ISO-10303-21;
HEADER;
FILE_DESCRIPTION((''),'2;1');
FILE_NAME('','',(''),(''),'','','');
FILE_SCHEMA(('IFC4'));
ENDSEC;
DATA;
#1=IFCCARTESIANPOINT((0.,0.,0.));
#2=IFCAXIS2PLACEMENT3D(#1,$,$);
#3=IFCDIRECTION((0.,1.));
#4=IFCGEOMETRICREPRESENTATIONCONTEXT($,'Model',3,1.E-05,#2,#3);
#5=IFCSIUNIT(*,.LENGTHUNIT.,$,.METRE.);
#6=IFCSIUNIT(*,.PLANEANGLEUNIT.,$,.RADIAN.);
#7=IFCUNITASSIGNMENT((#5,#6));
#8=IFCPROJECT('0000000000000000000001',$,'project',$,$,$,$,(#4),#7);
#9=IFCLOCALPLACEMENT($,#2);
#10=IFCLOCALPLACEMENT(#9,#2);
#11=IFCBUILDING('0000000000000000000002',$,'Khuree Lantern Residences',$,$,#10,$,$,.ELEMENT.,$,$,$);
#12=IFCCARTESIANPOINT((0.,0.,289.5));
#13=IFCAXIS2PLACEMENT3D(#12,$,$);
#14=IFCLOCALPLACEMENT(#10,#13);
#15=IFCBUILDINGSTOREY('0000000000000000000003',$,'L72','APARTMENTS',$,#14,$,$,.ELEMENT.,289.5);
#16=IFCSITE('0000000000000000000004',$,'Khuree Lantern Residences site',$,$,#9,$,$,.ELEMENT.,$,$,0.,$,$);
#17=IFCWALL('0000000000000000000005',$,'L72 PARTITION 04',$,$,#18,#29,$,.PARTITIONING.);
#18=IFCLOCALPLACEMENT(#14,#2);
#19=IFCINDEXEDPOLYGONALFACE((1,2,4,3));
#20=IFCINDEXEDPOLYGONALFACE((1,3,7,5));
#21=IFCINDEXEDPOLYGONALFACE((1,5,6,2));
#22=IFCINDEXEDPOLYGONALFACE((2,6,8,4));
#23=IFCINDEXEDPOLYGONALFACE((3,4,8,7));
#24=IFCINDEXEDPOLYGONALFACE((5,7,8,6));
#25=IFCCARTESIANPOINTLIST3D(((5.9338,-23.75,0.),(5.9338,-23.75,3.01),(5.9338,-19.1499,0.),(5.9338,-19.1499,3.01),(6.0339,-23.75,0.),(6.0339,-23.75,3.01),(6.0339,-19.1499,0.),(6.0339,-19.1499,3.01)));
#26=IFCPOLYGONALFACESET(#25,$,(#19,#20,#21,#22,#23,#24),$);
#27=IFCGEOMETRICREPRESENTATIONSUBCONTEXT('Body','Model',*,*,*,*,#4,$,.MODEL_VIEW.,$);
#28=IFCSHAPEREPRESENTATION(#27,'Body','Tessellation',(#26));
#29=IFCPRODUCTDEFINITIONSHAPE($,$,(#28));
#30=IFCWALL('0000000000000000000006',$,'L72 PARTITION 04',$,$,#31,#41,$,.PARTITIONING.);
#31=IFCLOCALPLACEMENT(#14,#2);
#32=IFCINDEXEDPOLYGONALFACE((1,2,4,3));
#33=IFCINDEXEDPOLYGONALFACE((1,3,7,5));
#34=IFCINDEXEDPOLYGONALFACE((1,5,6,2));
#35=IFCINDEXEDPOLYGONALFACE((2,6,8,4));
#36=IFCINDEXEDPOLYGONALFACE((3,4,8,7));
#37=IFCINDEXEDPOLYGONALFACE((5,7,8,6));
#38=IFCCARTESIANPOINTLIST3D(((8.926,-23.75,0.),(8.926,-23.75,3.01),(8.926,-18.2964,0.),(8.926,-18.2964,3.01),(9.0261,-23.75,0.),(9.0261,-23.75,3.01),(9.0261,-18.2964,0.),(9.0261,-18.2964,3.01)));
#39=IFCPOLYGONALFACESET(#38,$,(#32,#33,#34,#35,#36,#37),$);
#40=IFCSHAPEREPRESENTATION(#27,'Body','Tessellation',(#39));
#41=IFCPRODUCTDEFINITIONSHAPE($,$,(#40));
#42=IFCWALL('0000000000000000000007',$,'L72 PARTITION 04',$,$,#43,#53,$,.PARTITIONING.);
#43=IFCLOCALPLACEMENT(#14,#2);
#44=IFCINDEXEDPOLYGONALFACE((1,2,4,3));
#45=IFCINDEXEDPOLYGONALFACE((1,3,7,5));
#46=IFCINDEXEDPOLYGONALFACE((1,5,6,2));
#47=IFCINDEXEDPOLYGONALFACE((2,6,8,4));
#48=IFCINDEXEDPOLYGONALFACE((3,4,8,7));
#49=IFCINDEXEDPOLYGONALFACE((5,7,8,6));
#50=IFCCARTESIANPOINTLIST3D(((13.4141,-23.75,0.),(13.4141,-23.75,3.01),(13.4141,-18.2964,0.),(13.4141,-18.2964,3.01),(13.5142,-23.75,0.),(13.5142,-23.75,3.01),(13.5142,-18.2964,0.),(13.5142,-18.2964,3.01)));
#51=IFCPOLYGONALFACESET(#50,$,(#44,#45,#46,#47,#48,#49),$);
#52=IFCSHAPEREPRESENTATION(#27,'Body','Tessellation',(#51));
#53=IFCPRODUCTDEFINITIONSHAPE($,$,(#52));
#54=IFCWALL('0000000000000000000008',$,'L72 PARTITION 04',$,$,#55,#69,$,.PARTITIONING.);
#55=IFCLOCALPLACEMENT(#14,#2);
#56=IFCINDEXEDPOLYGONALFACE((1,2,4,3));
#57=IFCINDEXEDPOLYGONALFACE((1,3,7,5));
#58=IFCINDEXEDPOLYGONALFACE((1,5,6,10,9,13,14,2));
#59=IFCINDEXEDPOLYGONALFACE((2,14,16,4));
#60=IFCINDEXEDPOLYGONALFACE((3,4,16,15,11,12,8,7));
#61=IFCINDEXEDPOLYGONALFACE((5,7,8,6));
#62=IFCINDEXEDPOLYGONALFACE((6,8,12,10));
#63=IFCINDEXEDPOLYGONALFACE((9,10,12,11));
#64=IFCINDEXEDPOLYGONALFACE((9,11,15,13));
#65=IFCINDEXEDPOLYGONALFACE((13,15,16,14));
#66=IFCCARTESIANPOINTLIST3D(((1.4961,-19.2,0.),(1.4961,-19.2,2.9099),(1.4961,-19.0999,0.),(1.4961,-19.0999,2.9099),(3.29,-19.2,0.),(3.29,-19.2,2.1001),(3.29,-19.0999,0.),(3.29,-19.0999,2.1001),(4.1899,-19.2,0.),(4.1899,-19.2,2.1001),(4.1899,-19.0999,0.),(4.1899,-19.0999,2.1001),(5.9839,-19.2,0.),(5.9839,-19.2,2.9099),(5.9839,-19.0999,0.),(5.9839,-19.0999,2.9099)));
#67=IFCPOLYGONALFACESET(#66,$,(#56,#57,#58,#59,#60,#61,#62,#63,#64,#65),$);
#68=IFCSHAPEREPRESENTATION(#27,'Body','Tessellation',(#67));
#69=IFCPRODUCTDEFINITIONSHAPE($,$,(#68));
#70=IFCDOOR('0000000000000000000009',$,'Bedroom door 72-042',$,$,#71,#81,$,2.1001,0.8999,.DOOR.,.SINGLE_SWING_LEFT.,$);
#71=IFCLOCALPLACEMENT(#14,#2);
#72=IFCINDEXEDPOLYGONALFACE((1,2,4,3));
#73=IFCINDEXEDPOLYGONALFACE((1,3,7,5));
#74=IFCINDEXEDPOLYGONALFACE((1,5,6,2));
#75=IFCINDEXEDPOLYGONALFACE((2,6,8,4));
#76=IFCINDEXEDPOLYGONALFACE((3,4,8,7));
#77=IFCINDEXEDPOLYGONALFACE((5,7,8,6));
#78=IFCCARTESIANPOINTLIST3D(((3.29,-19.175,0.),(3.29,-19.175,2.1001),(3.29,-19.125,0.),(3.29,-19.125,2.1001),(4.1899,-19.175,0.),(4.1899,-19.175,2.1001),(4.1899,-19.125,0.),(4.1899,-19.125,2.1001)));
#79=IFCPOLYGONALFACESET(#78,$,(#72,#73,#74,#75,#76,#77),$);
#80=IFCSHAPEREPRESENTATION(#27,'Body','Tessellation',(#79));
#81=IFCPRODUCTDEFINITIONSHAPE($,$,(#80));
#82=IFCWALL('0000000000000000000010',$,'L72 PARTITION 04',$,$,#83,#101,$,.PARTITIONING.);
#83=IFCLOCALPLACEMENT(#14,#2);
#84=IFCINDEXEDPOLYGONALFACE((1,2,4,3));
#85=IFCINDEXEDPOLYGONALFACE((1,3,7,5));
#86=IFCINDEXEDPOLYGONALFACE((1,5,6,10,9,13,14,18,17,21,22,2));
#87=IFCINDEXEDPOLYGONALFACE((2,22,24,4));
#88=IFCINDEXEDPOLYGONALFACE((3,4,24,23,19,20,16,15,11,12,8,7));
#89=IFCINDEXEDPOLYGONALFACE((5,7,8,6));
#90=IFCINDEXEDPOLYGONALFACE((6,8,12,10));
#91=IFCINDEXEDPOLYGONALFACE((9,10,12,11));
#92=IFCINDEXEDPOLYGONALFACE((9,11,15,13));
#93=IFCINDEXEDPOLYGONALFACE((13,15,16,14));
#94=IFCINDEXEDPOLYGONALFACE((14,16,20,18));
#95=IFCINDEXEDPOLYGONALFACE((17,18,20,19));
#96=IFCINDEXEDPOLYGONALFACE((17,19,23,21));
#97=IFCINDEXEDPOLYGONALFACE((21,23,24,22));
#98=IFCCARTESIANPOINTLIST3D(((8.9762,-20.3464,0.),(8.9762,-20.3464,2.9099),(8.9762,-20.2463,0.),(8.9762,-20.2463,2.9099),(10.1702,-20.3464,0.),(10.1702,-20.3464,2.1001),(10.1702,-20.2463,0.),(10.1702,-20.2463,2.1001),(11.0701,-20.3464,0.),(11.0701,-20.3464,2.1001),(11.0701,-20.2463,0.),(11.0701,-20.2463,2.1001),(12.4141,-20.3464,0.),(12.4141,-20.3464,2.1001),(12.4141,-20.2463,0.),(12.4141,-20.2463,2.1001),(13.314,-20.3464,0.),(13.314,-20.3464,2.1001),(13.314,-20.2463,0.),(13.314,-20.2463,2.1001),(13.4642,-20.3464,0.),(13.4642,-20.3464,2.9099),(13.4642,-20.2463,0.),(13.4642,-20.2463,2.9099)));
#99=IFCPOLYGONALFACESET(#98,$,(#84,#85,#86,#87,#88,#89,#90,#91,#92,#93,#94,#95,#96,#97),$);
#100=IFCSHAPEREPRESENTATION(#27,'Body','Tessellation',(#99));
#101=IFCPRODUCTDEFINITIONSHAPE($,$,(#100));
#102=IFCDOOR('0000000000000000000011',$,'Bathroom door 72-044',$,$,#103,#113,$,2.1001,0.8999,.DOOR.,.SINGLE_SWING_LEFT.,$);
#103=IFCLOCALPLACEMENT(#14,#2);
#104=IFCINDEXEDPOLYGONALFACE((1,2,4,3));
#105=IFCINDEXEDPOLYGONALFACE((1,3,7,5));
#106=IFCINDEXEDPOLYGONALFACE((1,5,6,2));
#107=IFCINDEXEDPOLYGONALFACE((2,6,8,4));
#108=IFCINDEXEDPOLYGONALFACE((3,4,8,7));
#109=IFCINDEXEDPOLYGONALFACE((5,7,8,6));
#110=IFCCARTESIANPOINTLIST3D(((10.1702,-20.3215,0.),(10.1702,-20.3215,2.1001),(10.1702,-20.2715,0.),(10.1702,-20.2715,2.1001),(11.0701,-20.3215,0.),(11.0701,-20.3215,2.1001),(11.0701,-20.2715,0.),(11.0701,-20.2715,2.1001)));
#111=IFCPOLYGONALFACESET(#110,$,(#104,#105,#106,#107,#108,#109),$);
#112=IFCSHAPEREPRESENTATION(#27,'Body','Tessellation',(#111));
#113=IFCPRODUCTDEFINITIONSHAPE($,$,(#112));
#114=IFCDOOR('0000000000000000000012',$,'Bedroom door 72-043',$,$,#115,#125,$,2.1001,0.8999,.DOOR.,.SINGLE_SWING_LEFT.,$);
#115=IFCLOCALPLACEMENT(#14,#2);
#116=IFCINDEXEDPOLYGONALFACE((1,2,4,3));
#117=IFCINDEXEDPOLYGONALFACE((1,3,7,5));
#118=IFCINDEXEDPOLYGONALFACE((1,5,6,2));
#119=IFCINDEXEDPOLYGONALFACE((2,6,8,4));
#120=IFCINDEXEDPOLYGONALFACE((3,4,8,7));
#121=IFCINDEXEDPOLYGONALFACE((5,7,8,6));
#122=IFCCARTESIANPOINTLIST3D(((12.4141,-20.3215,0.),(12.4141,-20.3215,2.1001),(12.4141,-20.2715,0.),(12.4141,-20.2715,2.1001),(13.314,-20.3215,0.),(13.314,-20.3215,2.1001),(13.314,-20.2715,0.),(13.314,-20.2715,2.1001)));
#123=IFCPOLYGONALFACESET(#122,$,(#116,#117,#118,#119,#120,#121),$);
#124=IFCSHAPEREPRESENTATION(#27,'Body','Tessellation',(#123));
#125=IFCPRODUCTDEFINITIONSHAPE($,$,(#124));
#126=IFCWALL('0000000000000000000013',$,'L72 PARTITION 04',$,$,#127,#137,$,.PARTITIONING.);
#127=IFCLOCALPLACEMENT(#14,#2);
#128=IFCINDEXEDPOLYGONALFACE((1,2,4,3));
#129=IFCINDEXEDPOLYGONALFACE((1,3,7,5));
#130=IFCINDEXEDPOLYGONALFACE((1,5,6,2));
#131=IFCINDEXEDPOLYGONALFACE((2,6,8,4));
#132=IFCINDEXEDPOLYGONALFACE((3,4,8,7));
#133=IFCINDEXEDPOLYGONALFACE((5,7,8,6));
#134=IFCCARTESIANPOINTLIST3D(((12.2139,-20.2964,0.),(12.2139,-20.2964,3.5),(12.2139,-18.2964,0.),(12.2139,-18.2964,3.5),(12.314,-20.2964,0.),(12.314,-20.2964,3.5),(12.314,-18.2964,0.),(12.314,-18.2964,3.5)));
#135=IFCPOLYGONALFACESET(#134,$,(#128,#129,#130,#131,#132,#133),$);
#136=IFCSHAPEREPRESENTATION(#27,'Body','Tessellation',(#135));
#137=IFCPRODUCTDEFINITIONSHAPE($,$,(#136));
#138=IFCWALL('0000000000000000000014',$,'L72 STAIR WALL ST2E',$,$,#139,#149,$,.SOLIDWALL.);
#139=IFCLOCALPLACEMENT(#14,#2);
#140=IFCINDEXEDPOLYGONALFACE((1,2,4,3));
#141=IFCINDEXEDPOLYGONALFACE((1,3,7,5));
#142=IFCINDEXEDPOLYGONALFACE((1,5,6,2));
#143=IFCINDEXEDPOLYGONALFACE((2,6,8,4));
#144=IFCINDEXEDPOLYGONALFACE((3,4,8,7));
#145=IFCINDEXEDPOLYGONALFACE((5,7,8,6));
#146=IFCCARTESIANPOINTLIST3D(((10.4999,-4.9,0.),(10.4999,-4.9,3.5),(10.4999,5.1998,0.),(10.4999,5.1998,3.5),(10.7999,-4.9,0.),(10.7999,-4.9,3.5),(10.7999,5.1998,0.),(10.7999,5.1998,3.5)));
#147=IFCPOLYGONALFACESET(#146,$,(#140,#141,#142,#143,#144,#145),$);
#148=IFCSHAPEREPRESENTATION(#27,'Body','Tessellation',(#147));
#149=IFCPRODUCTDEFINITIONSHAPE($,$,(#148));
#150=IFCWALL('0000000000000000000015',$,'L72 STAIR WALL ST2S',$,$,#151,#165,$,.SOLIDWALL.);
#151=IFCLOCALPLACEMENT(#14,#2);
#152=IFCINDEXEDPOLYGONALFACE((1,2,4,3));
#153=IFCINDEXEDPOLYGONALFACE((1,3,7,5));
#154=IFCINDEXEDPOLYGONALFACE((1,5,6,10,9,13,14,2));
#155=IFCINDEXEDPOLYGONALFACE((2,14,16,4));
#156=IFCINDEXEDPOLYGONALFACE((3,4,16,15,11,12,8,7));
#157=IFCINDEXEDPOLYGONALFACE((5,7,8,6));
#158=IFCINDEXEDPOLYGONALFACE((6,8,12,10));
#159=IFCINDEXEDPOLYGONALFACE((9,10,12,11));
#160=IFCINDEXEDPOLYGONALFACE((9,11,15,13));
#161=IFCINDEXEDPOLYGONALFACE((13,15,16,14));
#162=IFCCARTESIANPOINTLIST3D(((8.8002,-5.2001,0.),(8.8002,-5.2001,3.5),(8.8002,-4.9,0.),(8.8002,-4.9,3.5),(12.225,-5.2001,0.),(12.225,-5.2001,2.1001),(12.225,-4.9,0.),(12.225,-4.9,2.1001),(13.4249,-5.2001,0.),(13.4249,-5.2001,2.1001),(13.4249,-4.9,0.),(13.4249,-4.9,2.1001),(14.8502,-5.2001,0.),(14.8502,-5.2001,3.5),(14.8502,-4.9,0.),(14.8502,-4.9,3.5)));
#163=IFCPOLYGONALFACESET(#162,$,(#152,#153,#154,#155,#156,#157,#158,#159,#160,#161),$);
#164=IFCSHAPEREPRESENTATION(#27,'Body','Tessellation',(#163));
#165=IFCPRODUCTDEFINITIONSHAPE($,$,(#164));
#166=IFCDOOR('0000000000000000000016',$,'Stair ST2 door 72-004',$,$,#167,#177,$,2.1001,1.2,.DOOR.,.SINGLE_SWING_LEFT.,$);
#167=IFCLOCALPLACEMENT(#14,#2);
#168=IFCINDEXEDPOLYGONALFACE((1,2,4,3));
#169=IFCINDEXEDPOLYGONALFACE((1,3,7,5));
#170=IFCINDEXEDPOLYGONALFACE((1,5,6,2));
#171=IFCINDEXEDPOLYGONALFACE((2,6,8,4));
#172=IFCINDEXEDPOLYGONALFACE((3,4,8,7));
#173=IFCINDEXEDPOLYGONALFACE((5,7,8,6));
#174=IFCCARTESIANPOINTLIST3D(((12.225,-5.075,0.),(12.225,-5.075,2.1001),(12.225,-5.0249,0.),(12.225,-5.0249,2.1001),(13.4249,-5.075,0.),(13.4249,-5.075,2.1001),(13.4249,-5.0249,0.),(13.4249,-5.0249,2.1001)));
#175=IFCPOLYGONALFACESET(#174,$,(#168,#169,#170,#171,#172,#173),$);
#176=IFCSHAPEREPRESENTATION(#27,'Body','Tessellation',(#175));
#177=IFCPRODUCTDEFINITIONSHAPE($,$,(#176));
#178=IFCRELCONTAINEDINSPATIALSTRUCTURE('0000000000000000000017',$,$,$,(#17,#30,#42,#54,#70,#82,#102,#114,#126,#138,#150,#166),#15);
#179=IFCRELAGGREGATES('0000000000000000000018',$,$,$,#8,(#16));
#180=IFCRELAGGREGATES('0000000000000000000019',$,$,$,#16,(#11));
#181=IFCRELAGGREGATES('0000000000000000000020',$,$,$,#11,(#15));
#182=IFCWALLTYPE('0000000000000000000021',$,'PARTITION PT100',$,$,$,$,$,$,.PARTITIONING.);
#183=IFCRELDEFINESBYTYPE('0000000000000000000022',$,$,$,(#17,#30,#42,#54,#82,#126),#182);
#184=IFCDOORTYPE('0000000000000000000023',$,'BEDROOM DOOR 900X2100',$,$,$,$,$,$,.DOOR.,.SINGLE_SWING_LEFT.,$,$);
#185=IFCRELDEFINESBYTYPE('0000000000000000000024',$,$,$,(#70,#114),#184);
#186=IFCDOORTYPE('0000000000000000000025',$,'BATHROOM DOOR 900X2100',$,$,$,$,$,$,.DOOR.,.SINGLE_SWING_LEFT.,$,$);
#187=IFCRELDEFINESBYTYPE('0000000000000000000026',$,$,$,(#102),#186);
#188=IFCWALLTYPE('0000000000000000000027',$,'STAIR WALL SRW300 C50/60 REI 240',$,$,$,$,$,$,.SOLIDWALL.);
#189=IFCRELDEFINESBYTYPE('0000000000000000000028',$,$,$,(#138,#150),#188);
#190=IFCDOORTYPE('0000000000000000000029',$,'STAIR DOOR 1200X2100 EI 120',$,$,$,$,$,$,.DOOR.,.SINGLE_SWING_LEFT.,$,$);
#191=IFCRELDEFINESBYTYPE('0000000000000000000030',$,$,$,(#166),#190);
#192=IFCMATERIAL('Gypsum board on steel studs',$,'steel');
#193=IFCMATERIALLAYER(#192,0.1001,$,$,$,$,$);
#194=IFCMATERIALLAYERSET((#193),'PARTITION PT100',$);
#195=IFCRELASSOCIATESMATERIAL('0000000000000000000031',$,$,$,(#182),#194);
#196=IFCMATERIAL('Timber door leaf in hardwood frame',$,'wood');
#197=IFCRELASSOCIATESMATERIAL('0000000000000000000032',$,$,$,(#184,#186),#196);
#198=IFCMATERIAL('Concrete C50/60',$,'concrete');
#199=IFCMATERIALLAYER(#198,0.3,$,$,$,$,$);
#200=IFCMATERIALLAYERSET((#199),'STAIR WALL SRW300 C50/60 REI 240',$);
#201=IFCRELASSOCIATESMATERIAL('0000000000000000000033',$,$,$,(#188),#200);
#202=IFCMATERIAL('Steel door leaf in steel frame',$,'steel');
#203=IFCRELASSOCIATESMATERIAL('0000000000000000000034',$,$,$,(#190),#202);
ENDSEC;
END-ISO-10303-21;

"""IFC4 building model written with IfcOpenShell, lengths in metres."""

from ifc_helpers import new_model, si_unit, direction, frame, frame_2d, origin, place, context, subcontext, project, spatial, rectangle, extrude, material, layer, layer_set, type_object, element, fill, save


model = new_model("IFC4")

# Units and contexts
model_context = context("Model", 3, precision=1e-05, world=origin(), true_north=direction((0.0, 1.0)))
body_context = subcontext(model_context, "Body", "Model", "MODEL_VIEW")
ifc_project = project(units=[si_unit("LENGTHUNIT", "METRE"), si_unit("PLANEANGLEUNIT", "RADIAN")], contexts=[model_context])

# Site, building, storey
site_placement = place(None, origin())
site = spatial("IfcSite", under=ifc_project, at=site_placement, Name="Khuree Lantern Residences site", CompositionType="ELEMENT", RefElevation=0.0)
building_placement = place(site_placement, origin())
building = spatial("IfcBuilding", under=site, at=building_placement, Name="Khuree Lantern Residences", CompositionType="ELEMENT")
storey_placement = place(building_placement, frame((0.0, 0.0, 289.5)))
storey = spatial("IfcBuildingStorey", under=building, at=storey_placement, Name="L72", Description="APARTMENTS", CompositionType="ELEMENT", Elevation=289.5)

# Shared definitions
ifc_material_1 = material(Name="Timber door leaf in hardwood frame", Category="wood")

# Walls
ifc_material_2 = material(Name="Gypsum board on steel studs", Category="steel")
ifc_layer_1 = layer(ifc_material_2, 0.1001)
ifc_layer_set_1 = layer_set([ifc_layer_1], Name="PARTITION PT100")
wall_type_1 = type_object("IfcWallType", Name="PARTITION PT100", PredefinedType="PARTITIONING", material=ifc_layer_set_1)
for number, where, z_axis, x_axis, name in (
    (1, (5.9839, -19.1499, 0.0), (0.0, 0.0, 1.0), (0.0, -1.0, 0.0), "L72 PARTITION 04"),
):
    element("IfcWall", number, at=place(storey_placement, frame(where, z_axis=z_axis, x_axis=x_axis)), inside=storey, type_object=wall_type_1, Name=name, PredefinedType="PARTITIONING", context=body_context, shape_type="SweptSolid", body=[
        extrude(rectangle(XDim=4.6001, YDim=0.1001, at=frame_2d((2.3, 0.0))), origin(), (0.0, 0.0, 1.0), 3.01),
    ])
for number, where, z_axis, x_axis, name in (
    (2, (8.9761, -18.2964, 0.0), (0.0, 0.0, 1.0), (0.0, -1.0, 0.0), "L72 PARTITION 04"),
    (3, (13.4641, -18.2964, 0.0), (0.0, 0.0, 1.0), (0.0, -1.0, 0.0), "L72 PARTITION 04"),
):
    element("IfcWall", number, at=place(storey_placement, frame(where, z_axis=z_axis, x_axis=x_axis)), inside=storey, type_object=wall_type_1, Name=name, PredefinedType="PARTITIONING", context=body_context, shape_type="SweptSolid", body=[
        extrude(rectangle(XDim=5.4536, YDim=0.1001, at=frame_2d((2.7268, 0.0))), origin(), (0.0, 0.0, 1.0), 3.01),
    ])

# Wall, opening, door
wall_1_placement = place(storey_placement, frame((1.4961, -19.1499, 0.0), z_axis=(0.0, 0.0, 1.0), x_axis=(1.0, 0.0, 0.0)))
wall_1 = element("IfcWall", 4, at=wall_1_placement, inside=storey, type_object=wall_type_1, Name="L72 PARTITION 04", PredefinedType="PARTITIONING", context=body_context, shape_type="SweptSolid", body=[
    extrude(rectangle(XDim=4.4878, YDim=0.1001, at=frame_2d((2.2439, 0.0))), origin(), (0.0, 0.0, 1.0), 2.9099),
])
opening_1_placement = place(wall_1_placement, frame((1.7939, 0.0, 0.0)))
opening_1 = element("IfcOpeningElement", 5, at=opening_1_placement, cuts=wall_1, PredefinedType="OPENING", context=body_context, shape_type="SweptSolid", body=[
    extrude(rectangle(XDim=0.8999, YDim=2.1001, at=frame_2d((0.45, 1.05))), frame((0.0, 0.0601, 0.0), z_axis=(0.0, -1.0, 0.0), x_axis=(1.0, 0.0, 0.0)), (0.0, 0.0, 1.0), 0.1201),
])
door_type_1 = type_object("IfcDoorType", Name="BEDROOM DOOR 900X2100", OperationType="SINGLE_SWING_LEFT", PredefinedType="DOOR", material=ifc_material_1)
door_1_placement = place(opening_1_placement, origin())
door_1 = element("IfcDoor", 6, at=door_1_placement, inside=storey, type_object=door_type_1, Name="Bedroom door 72-042", OperationType="SINGLE_SWING_LEFT", OverallHeight=2.1001, OverallWidth=0.8999, PredefinedType="DOOR", context=body_context, shape_type="SweptSolid", body=[
    extrude(rectangle(XDim=0.8999, YDim=2.1001, at=frame_2d((0.45, 1.05))), frame((0.0, 0.0249, 0.0), z_axis=(0.0, -1.0, 0.0), x_axis=(1.0, 0.0, 0.0)), (0.0, 0.0, 1.0), 0.05),
])
fill(opening_1, door_1)

# Wall, openings, doors
wall_2_placement = place(storey_placement, frame((8.9761, -20.2964, 0.0), z_axis=(0.0, 0.0, 1.0), x_axis=(1.0, 0.0, 0.0)))
wall_2 = element("IfcWall", 7, at=wall_2_placement, inside=storey, type_object=wall_type_1, Name="L72 PARTITION 04", PredefinedType="PARTITIONING", context=body_context, shape_type="SweptSolid", body=[
    extrude(rectangle(XDim=4.488, YDim=0.1001, at=frame_2d((2.2441, 0.0))), origin(), (0.0, 0.0, 1.0), 2.9099),
])
opening_2_placement = place(wall_2_placement, frame((3.438, 0.0, 0.0)))
opening_2 = element("IfcOpeningElement", 8, at=opening_2_placement, cuts=wall_2, PredefinedType="OPENING", context=body_context, shape_type="SweptSolid", body=[
    extrude(rectangle(XDim=0.8999, YDim=2.1001, at=frame_2d((0.45, 1.05))), frame((0.0, 0.0601, 0.0), z_axis=(0.0, -1.0, 0.0), x_axis=(1.0, 0.0, 0.0)), (0.0, 0.0, 1.0), 0.1201),
])
opening_3_placement = place(wall_2_placement, frame((1.1941, 0.0, 0.0)))
opening_3 = element("IfcOpeningElement", 9, at=opening_3_placement, cuts=wall_2, PredefinedType="OPENING", context=body_context, shape_type="SweptSolid", body=[
    extrude(rectangle(XDim=0.8999, YDim=2.1001, at=frame_2d((0.45, 1.05))), frame((0.0, 0.0601, 0.0), z_axis=(0.0, -1.0, 0.0), x_axis=(1.0, 0.0, 0.0)), (0.0, 0.0, 1.0), 0.1201),
])
door_type_2 = type_object("IfcDoorType", Name="BATHROOM DOOR 900X2100", OperationType="SINGLE_SWING_LEFT", PredefinedType="DOOR", material=ifc_material_1)
door_2_placement = place(opening_3_placement, origin())
door_2 = element("IfcDoor", 10, at=door_2_placement, inside=storey, type_object=door_type_2, Name="Bathroom door 72-044", OperationType="SINGLE_SWING_LEFT", OverallHeight=2.1001, OverallWidth=0.8999, PredefinedType="DOOR", context=body_context, shape_type="SweptSolid", body=[
    extrude(rectangle(XDim=0.8999, YDim=2.1001, at=frame_2d((0.45, 1.05))), frame((0.0, 0.0249, 0.0), z_axis=(0.0, -1.0, 0.0), x_axis=(1.0, 0.0, 0.0)), (0.0, 0.0, 1.0), 0.05),
])
fill(opening_3, door_2)
door_3_placement = place(opening_2_placement, origin())
door_3 = element("IfcDoor", 11, at=door_3_placement, inside=storey, type_object=door_type_1, Name="Bedroom door 72-043", OperationType="SINGLE_SWING_LEFT", OverallHeight=2.1001, OverallWidth=0.8999, PredefinedType="DOOR", context=body_context, shape_type="SweptSolid", body=[
    extrude(rectangle(XDim=0.8999, YDim=2.1001, at=frame_2d((0.45, 1.05))), frame((0.0, 0.0249, 0.0), z_axis=(0.0, -1.0, 0.0), x_axis=(1.0, 0.0, 0.0)), (0.0, 0.0, 1.0), 0.05),
])
fill(opening_2, door_3)

# Walls
wall_3_placement = place(storey_placement, frame((12.2639, -18.2964, 0.0), z_axis=(0.0, 0.0, 1.0), x_axis=(0.0, -1.0, 0.0)))
element("IfcWall", 12, at=wall_3_placement, inside=storey, type_object=wall_type_1, Name="L72 PARTITION 04", PredefinedType="PARTITIONING", context=body_context, shape_type="SweptSolid", body=[
    extrude(rectangle(XDim=2.0, YDim=0.1001, at=frame_2d((1.0, 0.0))), origin(), (0.0, 0.0, 1.0), 3.5),
])
ifc_material_3 = material(Name="Concrete C50/60", Category="concrete")
ifc_layer_2 = layer(ifc_material_3, 0.3)
ifc_layer_set_2 = layer_set([ifc_layer_2], Name="STAIR WALL SRW300 C50/60 REI 240")
wall_type_2 = type_object("IfcWallType", Name="STAIR WALL SRW300 C50/60 REI 240", PredefinedType="SOLIDWALL", material=ifc_layer_set_2)
wall_4_placement = place(storey_placement, frame((10.6499, -4.8999, 0.0), z_axis=(0.0, 0.0, 1.0), x_axis=(0.0, 1.0, 0.0)))
element("IfcWall", 13, at=wall_4_placement, inside=storey, type_object=wall_type_2, Name="L72 STAIR WALL ST2E", PredefinedType="SOLIDWALL", context=body_context, shape_type="SweptSolid", body=[
    extrude(rectangle(XDim=10.0999, YDim=0.3, at=frame_2d((5.0498, 0.0))), origin(), (0.0, 0.0, 1.0), 3.5),
])

# Wall, opening, door
wall_5_placement = place(storey_placement, frame((14.8501, -5.05, 0.0), z_axis=(0.0, 0.0, 1.0), x_axis=(-1.0, 0.0, 0.0)))
wall_5 = element("IfcWall", 14, at=wall_5_placement, inside=storey, type_object=wall_type_2, Name="L72 STAIR WALL ST2S", PredefinedType="SOLIDWALL", context=body_context, shape_type="SweptSolid", body=[
    extrude(rectangle(XDim=6.05, YDim=0.3, at=frame_2d((3.0249, 0.0))), origin(), (0.0, 0.0, 1.0), 3.5),
])
opening_4_placement = place(wall_5_placement, frame((1.425, 0.0, 0.0)))
opening_4 = element("IfcOpeningElement", 15, at=opening_4_placement, cuts=wall_5, PredefinedType="OPENING", context=body_context, shape_type="SweptSolid", body=[
    extrude(rectangle(XDim=1.2, YDim=2.1001, at=frame_2d((0.6001, 1.05))), frame((0.0, 0.1602, 0.0), z_axis=(0.0, -1.0, 0.0), x_axis=(1.0, 0.0, 0.0)), (0.0, 0.0, 1.0), 0.3201),
])
ifc_material_4 = material(Name="Steel door leaf in steel frame", Category="steel")
door_type_3 = type_object("IfcDoorType", Name="STAIR DOOR 1200X2100 EI 120", OperationType="SINGLE_SWING_LEFT", PredefinedType="DOOR", material=ifc_material_4)
door_4_placement = place(opening_4_placement, origin())
door_4 = element("IfcDoor", 16, at=door_4_placement, inside=storey, type_object=door_type_3, Name="Stair ST2 door 72-004", OperationType="SINGLE_SWING_LEFT", OverallHeight=2.1001, OverallWidth=1.2, PredefinedType="DOOR", context=body_context, shape_type="SweptSolid", body=[
    extrude(rectangle(XDim=1.2, YDim=2.1001, at=frame_2d((0.6001, 1.05))), frame((0.0, 0.0249, 0.0), z_axis=(0.0, -1.0, 0.0), x_axis=(1.0, 0.0, 0.0)), (0.0, 0.0, 1.0), 0.05),
])
fill(opening_4, door_4)

save(model, "model.ifc")
